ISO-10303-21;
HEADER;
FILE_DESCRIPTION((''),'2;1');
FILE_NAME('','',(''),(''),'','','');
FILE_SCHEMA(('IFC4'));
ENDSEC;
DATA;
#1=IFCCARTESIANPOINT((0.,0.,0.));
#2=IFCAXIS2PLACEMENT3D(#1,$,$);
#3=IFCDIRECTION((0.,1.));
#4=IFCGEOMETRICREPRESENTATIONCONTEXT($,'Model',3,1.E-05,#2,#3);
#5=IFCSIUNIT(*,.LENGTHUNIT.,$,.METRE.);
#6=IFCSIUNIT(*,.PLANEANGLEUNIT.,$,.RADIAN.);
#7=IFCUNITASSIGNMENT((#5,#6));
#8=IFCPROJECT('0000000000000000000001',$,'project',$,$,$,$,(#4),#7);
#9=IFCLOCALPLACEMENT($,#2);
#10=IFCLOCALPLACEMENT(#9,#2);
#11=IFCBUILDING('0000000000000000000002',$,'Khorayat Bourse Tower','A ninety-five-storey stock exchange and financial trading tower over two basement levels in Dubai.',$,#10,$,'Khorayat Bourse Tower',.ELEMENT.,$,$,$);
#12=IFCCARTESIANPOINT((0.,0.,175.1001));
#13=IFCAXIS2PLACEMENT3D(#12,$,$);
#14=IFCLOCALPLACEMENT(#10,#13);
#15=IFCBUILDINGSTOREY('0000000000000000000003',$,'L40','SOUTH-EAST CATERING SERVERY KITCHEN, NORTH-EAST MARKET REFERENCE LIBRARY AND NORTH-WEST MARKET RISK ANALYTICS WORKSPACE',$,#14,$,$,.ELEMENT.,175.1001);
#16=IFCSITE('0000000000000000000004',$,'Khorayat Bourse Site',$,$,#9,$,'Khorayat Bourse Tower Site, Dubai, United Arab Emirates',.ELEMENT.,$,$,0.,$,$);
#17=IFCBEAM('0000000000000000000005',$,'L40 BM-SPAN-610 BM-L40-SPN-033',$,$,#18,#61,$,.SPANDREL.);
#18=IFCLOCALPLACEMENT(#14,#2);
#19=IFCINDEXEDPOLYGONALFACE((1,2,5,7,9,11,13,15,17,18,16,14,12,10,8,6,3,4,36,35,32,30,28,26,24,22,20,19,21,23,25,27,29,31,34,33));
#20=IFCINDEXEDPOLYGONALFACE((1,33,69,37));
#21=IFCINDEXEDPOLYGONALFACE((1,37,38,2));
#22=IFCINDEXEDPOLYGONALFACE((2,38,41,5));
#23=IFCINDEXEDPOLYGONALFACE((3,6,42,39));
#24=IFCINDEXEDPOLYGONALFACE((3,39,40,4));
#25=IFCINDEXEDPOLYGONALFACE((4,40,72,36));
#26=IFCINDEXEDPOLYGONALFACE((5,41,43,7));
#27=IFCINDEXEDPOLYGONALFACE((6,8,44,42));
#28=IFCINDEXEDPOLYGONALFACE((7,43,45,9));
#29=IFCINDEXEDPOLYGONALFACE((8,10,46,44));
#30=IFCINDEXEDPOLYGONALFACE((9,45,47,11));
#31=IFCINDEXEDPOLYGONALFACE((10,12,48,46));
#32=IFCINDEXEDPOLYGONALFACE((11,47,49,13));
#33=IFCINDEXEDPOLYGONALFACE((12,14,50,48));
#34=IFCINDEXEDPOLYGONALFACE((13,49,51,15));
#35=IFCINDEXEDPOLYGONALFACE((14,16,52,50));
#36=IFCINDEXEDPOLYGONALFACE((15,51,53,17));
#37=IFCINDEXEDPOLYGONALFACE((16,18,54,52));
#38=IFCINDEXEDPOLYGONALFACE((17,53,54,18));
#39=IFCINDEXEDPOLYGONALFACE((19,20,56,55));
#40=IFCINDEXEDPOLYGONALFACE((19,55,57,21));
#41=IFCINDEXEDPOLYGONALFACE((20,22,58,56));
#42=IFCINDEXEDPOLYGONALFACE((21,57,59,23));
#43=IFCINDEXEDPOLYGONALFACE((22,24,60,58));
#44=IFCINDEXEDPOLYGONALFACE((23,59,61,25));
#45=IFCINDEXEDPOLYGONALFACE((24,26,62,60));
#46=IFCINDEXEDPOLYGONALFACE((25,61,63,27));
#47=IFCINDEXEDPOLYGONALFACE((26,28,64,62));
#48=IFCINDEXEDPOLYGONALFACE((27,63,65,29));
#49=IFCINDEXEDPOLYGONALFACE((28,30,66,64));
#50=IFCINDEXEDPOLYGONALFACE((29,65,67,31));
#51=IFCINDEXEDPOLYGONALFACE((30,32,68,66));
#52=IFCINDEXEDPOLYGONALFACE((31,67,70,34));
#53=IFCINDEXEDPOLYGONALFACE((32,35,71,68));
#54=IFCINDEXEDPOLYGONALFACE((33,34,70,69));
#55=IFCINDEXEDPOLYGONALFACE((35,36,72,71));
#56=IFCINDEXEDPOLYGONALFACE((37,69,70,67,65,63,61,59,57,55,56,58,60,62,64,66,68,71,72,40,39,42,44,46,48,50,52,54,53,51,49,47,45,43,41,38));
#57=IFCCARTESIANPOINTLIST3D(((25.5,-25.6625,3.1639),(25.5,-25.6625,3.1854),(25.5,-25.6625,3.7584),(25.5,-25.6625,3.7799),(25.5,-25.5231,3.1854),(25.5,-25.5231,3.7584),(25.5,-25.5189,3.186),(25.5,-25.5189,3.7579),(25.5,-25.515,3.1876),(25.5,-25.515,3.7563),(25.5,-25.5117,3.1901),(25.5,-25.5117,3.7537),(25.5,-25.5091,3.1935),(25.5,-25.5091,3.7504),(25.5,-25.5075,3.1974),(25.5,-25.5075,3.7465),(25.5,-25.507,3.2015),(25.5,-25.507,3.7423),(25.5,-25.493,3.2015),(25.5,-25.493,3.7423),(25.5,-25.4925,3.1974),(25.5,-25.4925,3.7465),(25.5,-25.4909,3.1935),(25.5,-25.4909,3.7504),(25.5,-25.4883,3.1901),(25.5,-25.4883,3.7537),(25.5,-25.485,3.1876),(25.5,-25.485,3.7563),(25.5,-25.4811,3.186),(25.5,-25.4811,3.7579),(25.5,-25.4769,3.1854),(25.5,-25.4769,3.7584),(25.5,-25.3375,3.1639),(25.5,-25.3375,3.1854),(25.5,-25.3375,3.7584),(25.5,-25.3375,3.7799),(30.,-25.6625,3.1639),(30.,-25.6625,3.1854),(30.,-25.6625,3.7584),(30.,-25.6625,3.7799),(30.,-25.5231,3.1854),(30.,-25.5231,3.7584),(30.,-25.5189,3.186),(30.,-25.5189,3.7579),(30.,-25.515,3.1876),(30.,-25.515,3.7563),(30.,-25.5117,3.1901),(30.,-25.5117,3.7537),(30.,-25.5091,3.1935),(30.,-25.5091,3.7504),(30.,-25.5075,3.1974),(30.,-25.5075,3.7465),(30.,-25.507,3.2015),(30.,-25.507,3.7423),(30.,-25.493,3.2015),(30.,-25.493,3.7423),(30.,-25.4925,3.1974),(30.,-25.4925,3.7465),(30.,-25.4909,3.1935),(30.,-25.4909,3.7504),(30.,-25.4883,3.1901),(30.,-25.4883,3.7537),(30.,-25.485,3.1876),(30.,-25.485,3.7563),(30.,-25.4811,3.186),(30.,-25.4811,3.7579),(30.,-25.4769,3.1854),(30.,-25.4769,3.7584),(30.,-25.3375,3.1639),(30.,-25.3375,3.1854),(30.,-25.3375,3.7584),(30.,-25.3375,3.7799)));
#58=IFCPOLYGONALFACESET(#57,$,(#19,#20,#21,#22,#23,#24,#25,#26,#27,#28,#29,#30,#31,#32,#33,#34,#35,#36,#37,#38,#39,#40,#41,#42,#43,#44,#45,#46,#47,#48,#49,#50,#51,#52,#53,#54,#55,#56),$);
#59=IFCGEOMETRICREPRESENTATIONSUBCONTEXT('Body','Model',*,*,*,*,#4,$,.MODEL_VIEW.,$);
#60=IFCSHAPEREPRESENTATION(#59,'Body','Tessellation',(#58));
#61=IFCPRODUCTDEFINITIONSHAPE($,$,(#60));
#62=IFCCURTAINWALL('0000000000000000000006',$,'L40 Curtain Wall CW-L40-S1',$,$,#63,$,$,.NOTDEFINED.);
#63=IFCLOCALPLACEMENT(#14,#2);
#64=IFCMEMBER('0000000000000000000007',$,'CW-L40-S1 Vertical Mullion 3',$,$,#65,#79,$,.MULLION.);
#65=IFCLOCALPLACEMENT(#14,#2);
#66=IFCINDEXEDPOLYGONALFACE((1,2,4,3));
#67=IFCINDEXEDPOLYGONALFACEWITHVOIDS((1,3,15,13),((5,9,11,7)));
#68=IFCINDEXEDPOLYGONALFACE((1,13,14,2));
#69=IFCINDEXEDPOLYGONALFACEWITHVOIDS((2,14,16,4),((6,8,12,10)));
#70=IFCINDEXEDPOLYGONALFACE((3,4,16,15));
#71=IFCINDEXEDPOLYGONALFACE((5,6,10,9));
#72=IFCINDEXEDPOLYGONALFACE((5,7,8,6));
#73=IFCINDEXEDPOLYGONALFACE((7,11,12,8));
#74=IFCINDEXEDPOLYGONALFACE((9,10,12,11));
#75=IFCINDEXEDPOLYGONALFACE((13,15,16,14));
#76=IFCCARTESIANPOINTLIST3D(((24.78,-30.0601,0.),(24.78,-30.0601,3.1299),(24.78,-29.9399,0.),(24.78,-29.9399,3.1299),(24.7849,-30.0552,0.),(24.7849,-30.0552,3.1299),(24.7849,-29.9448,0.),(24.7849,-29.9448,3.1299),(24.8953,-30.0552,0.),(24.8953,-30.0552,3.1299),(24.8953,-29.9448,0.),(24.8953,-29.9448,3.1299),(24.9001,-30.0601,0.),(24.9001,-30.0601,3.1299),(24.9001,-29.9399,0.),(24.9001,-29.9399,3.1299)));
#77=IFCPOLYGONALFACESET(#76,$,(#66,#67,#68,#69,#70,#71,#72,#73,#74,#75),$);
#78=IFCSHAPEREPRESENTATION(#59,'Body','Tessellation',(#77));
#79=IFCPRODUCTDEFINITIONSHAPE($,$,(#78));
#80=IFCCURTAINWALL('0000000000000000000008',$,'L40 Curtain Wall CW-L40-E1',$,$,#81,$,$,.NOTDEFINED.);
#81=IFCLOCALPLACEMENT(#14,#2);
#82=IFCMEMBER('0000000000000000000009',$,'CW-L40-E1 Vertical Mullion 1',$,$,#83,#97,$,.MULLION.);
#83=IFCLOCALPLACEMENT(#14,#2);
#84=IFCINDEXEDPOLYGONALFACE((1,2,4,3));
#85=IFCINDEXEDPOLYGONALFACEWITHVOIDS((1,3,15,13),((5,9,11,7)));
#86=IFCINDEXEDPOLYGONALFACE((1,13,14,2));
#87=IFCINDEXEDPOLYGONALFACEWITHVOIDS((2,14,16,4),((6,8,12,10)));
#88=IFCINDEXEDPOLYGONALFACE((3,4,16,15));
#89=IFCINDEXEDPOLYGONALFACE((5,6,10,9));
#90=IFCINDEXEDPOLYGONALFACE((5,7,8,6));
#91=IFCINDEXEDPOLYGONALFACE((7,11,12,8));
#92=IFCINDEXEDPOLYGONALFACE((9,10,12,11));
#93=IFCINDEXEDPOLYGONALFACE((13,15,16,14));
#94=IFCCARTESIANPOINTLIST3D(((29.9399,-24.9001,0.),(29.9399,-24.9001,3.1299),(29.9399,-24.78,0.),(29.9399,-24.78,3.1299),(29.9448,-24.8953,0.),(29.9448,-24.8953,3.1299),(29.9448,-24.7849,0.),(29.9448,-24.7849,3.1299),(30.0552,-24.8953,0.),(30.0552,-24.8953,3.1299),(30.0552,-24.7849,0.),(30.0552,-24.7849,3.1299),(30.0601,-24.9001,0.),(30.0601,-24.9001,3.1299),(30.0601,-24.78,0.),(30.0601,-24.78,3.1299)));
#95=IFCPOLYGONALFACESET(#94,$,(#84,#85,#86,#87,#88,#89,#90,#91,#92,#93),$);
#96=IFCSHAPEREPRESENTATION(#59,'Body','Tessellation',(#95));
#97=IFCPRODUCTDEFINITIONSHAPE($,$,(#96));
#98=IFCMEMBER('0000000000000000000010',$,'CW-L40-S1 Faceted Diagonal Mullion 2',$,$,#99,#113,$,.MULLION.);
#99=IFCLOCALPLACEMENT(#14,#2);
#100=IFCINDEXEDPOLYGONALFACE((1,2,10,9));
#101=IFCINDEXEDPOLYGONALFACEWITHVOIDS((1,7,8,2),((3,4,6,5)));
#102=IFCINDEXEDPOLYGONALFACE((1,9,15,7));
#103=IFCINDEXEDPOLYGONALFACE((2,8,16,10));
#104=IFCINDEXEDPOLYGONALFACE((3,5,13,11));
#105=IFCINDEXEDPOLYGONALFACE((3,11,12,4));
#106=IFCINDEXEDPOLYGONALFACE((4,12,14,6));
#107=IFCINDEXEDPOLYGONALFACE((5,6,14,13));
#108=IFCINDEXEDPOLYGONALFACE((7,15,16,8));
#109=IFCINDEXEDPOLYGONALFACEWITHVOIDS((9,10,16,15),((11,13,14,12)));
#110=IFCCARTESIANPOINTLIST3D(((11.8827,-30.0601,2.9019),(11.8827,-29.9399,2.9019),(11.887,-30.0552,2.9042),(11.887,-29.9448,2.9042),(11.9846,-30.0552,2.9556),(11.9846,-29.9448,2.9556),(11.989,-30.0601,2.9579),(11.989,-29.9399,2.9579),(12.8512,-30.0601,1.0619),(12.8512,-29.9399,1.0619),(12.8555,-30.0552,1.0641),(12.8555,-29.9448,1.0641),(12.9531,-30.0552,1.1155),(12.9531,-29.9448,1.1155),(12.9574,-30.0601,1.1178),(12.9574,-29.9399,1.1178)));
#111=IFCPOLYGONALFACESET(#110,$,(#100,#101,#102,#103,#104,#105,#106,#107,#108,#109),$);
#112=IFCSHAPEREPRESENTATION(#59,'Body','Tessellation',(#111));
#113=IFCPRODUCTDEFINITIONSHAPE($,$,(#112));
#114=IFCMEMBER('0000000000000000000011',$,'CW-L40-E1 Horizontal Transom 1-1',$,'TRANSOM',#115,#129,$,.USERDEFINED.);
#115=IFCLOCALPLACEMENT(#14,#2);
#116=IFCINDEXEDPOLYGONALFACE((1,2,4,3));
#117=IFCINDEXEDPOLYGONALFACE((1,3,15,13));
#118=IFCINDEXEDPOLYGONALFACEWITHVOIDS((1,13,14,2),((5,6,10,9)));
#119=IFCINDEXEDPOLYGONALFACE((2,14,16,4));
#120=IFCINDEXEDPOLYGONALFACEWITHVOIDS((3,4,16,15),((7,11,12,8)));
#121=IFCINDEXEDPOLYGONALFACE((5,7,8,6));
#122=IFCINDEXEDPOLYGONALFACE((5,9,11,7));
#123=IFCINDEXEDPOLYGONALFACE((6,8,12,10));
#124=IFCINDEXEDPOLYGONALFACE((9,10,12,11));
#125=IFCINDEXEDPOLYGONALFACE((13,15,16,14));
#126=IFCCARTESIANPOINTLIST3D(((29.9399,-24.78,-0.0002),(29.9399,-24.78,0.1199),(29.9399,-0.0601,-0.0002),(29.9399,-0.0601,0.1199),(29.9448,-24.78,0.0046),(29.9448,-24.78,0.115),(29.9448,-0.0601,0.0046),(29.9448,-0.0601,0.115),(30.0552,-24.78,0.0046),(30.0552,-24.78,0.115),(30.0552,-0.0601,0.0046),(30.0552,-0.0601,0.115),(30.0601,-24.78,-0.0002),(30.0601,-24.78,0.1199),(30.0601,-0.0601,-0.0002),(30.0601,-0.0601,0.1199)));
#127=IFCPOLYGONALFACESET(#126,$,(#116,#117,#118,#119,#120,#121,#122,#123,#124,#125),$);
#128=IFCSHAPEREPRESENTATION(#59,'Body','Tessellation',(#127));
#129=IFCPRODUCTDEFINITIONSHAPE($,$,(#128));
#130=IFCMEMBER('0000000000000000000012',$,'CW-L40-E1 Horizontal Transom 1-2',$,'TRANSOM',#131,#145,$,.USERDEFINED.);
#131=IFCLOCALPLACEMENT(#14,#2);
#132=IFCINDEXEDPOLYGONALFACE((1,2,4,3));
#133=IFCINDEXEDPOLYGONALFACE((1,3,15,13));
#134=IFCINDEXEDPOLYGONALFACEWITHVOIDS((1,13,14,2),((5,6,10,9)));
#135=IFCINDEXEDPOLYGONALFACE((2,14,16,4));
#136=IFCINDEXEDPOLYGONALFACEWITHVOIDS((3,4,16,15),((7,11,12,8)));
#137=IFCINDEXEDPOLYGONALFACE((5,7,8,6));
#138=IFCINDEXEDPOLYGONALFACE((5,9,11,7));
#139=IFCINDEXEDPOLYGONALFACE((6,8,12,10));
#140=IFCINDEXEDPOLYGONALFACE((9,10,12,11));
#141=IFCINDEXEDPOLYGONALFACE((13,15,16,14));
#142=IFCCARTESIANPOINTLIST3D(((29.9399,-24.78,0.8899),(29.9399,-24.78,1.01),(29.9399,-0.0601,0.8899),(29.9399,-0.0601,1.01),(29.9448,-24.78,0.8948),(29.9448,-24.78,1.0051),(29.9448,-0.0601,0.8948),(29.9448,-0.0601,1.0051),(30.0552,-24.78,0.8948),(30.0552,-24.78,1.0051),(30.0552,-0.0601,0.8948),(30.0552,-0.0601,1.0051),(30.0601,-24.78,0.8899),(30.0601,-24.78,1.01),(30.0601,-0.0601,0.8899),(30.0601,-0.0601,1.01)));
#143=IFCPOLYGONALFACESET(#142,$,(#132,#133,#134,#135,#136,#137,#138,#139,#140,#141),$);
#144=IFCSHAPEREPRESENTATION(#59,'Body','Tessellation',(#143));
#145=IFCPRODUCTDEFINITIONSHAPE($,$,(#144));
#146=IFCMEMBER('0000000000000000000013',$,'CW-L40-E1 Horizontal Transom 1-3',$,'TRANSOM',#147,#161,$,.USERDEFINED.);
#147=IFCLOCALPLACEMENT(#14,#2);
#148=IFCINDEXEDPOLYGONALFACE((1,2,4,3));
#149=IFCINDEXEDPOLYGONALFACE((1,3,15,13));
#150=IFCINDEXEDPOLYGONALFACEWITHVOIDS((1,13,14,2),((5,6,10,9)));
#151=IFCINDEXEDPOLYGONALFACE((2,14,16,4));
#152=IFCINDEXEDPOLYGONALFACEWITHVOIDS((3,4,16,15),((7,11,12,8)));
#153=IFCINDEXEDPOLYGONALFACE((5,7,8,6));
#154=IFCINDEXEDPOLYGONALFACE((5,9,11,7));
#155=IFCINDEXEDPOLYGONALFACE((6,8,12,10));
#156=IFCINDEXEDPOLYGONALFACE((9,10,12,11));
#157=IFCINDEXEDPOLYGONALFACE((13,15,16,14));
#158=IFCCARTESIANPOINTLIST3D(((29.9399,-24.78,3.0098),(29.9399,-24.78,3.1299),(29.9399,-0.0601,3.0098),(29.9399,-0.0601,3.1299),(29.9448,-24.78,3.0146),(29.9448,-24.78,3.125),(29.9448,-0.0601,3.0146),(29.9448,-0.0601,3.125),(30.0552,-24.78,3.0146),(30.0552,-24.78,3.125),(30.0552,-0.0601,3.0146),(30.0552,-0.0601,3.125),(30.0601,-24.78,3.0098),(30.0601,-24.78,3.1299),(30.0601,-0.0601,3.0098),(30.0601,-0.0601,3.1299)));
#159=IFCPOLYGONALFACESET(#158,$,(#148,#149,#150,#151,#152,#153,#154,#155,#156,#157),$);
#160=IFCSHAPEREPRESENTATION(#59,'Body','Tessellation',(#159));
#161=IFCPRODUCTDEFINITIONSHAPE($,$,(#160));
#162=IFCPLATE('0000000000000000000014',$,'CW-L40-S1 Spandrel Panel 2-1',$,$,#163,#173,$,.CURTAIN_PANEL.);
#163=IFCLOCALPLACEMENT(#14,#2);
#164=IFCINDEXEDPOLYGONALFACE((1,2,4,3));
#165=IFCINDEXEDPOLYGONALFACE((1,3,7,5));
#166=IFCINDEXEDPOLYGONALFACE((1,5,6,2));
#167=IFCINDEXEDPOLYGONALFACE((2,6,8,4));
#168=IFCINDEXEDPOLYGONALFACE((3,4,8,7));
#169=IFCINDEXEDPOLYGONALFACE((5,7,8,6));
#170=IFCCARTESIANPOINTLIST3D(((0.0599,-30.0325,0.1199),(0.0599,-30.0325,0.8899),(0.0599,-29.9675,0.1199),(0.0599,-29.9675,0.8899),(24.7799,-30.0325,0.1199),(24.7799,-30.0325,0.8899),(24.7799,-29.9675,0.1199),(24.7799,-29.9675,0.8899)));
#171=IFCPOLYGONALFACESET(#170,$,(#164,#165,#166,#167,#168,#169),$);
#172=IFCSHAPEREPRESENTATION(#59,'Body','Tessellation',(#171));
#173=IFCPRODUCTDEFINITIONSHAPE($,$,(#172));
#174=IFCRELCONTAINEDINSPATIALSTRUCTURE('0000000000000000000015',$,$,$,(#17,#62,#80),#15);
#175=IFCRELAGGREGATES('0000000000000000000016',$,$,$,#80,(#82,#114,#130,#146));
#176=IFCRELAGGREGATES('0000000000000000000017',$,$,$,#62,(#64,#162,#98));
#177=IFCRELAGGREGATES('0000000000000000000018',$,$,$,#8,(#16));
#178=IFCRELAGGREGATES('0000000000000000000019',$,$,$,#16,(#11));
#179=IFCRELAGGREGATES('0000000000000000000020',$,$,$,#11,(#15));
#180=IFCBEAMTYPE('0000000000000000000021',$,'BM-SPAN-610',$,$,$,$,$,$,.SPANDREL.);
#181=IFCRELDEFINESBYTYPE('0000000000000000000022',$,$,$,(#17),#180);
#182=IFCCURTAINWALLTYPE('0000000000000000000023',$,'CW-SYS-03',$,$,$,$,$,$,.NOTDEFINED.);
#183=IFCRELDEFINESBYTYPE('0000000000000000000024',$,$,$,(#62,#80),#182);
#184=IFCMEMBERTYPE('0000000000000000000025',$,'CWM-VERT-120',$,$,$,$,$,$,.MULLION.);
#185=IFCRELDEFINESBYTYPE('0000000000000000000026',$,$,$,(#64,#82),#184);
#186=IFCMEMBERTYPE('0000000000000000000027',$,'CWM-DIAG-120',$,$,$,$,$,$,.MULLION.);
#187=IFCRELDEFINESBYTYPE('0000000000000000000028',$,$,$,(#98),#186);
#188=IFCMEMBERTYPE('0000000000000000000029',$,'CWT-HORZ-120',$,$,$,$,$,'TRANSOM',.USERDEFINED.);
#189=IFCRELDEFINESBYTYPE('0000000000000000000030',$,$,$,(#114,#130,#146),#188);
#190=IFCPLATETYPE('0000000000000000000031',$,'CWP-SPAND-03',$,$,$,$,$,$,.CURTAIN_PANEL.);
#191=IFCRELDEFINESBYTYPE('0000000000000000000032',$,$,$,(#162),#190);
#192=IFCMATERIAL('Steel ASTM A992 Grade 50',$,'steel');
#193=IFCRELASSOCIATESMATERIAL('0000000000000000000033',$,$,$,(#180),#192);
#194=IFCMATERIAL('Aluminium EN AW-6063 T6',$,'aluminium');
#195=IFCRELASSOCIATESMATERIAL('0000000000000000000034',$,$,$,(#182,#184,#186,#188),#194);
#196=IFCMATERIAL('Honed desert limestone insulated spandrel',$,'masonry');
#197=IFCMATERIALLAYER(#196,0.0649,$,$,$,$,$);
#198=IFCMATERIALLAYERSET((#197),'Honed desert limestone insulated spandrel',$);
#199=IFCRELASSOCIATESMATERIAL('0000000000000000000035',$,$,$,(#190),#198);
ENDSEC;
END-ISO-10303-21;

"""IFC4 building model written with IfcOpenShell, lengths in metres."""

from ifc_helpers import new_model, si_unit, direction, frame, origin, origin_2d, place, context, subcontext, project, spatial, rectangle, hollow_rectangle, i_section, extrude, source, transform, mapped, material, layer, layer_set, material_profile, profile_set, type_object, element, aggregate, save


model = new_model("IFC4")

# Units and contexts
model_context = context("Model", 3, precision=1e-05, world=origin(), true_north=direction((0.0, 1.0)))
body_context = subcontext(model_context, "Body", "Model", "MODEL_VIEW")
ifc_project = project(units=[si_unit("LENGTHUNIT", "METRE"), si_unit("PLANEANGLEUNIT", "RADIAN")], contexts=[model_context])

# Site, building, storey
site_placement = place(None, origin())
site = spatial("IfcSite", under=ifc_project, at=site_placement, Name="Khorayat Bourse Site", LongName="Khorayat Bourse Tower Site, Dubai, United Arab Emirates", CompositionType="ELEMENT", RefElevation=0.0)
building_placement = place(site_placement, origin())
building = spatial("IfcBuilding", under=site, at=building_placement, Name="Khorayat Bourse Tower", Description="A ninety-five-storey stock exchange and financial trading tower over two basement levels in Dubai.", LongName="Khorayat Bourse Tower", CompositionType="ELEMENT")
storey_placement = place(building_placement, frame((0.0, 0.0, 175.1001)))
storey = spatial("IfcBuildingStorey", under=building, at=storey_placement, Name="L40", Description="SOUTH-EAST CATERING SERVERY KITCHEN, NORTH-EAST MARKET REFERENCE LIBRARY AND NORTH-WEST MARKET RISK ANALYTICS WORKSPACE", CompositionType="ELEMENT", Elevation=175.1001)

# Beam
ifc_material_1 = material(Name="Steel ASTM A992 Grade 50", Category="steel")
ifc_material_profile_1 = material_profile(ifc_material_1, i_section(OverallWidth=0.325, OverallDepth=0.616, WebThickness=0.0139, FlangeThickness=0.0215, FilletRadius=0.0161, at=origin_2d()), Name="W610X174")
ifc_profile_set_1 = profile_set([ifc_material_profile_1], Name="Steel ASTM A992 Grade 50")
beam_type_1 = type_object("IfcBeamType", Name="BM-SPAN-610", PredefinedType="SPANDREL", material=ifc_profile_set_1)
shared_shape_1 = source(origin(), body_context, "Body", "SweptSolid", [
    extrude(i_section(OverallWidth=0.325, OverallDepth=0.616, WebThickness=0.0139, FlangeThickness=0.0215, FilletRadius=0.0161, at=origin_2d()), origin(), (0.0, 0.0, 1.0), 4.5),
])
for number, where, z_axis, x_axis, name in (
    (1, (25.5, -25.5, 3.4719), (1.0, 0.0, 0.0), (0.0, 1.0, 0.0), "L40 BM-SPAN-610 BM-L40-SPN-033"),
):
    element("IfcBeam", number, at=place(storey_placement, frame(where, z_axis=z_axis, x_axis=x_axis)), inside=storey, type_object=beam_type_1, Name=name, PredefinedType="SPANDREL", context=body_context, shape_type="MappedRepresentation", body=[
        mapped(shared_shape_1, transform((0.0, 0.0, 0.0), scale=1.0)),
    ])

# Curtain walls, members
ifc_material_2 = material(Name="Aluminium EN AW-6063 T6", Category="aluminium")
curtain_wall_type = type_object("IfcCurtainWallType", Name="CW-SYS-03", PredefinedType="NOTDEFINED", material=ifc_material_2)
curtain_wall_1_placement = place(storey_placement, origin())
curtain_wall_1 = element("IfcCurtainWall", 2, at=curtain_wall_1_placement, inside=storey, type_object=curtain_wall_type, Name="L40 Curtain Wall CW-L40-S1", PredefinedType="NOTDEFINED")
ifc_material_profile_2 = material_profile(ifc_material_2, hollow_rectangle(XDim=0.1201, YDim=0.1201, WallThickness=0.0049, at=origin_2d()), Name="ALU 120x120x5")
ifc_profile_set_2 = profile_set([ifc_material_profile_2], Name="Aluminium EN AW-6063 T6")
member_type_1 = type_object("IfcMemberType", Name="CWM-VERT-120", PredefinedType="MULLION", material=ifc_profile_set_2)
shared_shape_2 = source(origin(), body_context, "Body", "SweptSolid", [
    extrude(hollow_rectangle(XDim=0.1201, YDim=0.1201, WallThickness=0.0049, at=origin_2d()), origin(), (0.0, 0.0, 1.0), 3.1299),
])
member_1_placement = place(storey_placement, frame((24.8401, -30.0, 0.0), z_axis=(0.0, 0.0, 1.0), x_axis=(0.0, 1.0, 0.0)))
member_1 = element("IfcMember", 3, at=member_1_placement, type_object=member_type_1, Name="CW-L40-S1 Vertical Mullion 3", PredefinedType="MULLION", context=body_context, shape_type="MappedRepresentation", body=[
    mapped(shared_shape_2, transform((0.0, 0.0, 0.0), scale=1.0)),
])
curtain_wall_2_placement = place(storey_placement, origin())
curtain_wall_2 = element("IfcCurtainWall", 4, at=curtain_wall_2_placement, inside=storey, type_object=curtain_wall_type, Name="L40 Curtain Wall CW-L40-E1", PredefinedType="NOTDEFINED")
member_2_placement = place(storey_placement, frame((30.0, -24.8401, 0.0), z_axis=(0.0, 0.0, 1.0), x_axis=(-1.0, 0.0, 0.0)))
member_2 = element("IfcMember", 5, at=member_2_placement, type_object=member_type_1, Name="CW-L40-E1 Vertical Mullion 1", PredefinedType="MULLION", context=body_context, shape_type="MappedRepresentation", body=[
    mapped(shared_shape_2, transform((0.0, 0.0, 0.0), scale=1.0)),
])

# Members
ifc_material_profile_3 = material_profile(ifc_material_2, hollow_rectangle(XDim=0.1201, YDim=0.1201, WallThickness=0.0049, at=origin_2d()), Name="ALU 120x120x5")
ifc_profile_set_3 = profile_set([ifc_material_profile_3], Name="Aluminium EN AW-6063 T6")
member_type_2 = type_object("IfcMemberType", Name="CWM-DIAG-120", PredefinedType="MULLION", material=ifc_profile_set_3)
shared_shape_3 = source(origin(), body_context, "Body", "SweptSolid", [
    extrude(hollow_rectangle(XDim=0.1201, YDim=0.1201, WallThickness=0.0049, at=origin_2d()), origin(), (0.0, 0.0, 1.0), 2.0793),
])
member_3_placement = place(storey_placement, frame((12.9043, -30.0, 1.0898), z_axis=(-0.465761, 0.0, 0.884911), x_axis=(0.0, -1.0, 0.0)))
member_3 = element("IfcMember", 6, at=member_3_placement, type_object=member_type_2, Name="CW-L40-S1 Faceted Diagonal Mullion 2", PredefinedType="MULLION", context=body_context, shape_type="MappedRepresentation", body=[
    mapped(shared_shape_3, transform((0.0, 0.0, 0.0), scale=1.0)),
])
ifc_material_profile_4 = material_profile(ifc_material_2, hollow_rectangle(XDim=0.1201, YDim=0.1201, WallThickness=0.0049, at=origin_2d()), Name="ALU 120x120x5")
ifc_profile_set_4 = profile_set([ifc_material_profile_4], Name="Aluminium EN AW-6063 T6")
member_type_3 = type_object("IfcMemberType", Name="CWT-HORZ-120", ElementType="TRANSOM", PredefinedType="USERDEFINED", material=ifc_profile_set_4)
shared_shape_4 = source(origin(), body_context, "Body", "SweptSolid", [
    extrude(hollow_rectangle(XDim=0.1201, YDim=0.1201, WallThickness=0.0049, at=origin_2d()), origin(), (0.0, 0.0, 1.0), 24.72),
])
member_4_placement = place(storey_placement, frame((30.0, -24.78, 0.0598), z_axis=(0.0, 1.0, 0.0), x_axis=(-1.0, 0.0, 0.0)))
member_4 = element("IfcMember", 7, at=member_4_placement, type_object=member_type_3, Name="CW-L40-E1 Horizontal Transom 1-1", ObjectType="TRANSOM", PredefinedType="USERDEFINED", context=body_context, shape_type="MappedRepresentation", body=[
    mapped(shared_shape_4, transform((0.0, 0.0, 0.0), scale=1.0)),
])
member_5_placement = place(storey_placement, frame((30.0, -24.78, 0.95), z_axis=(0.0, 1.0, 0.0), x_axis=(-1.0, 0.0, 0.0)))
member_5 = element("IfcMember", 8, at=member_5_placement, type_object=member_type_3, Name="CW-L40-E1 Horizontal Transom 1-2", ObjectType="TRANSOM", PredefinedType="USERDEFINED", context=body_context, shape_type="MappedRepresentation", body=[
    mapped(shared_shape_4, transform((0.0, 0.0, 0.0), scale=1.0)),
])
member_6_placement = place(storey_placement, frame((30.0, -24.78, 3.0698), z_axis=(0.0, 1.0, 0.0), x_axis=(-1.0, 0.0, 0.0)))
member_6 = element("IfcMember", 9, at=member_6_placement, type_object=member_type_3, Name="CW-L40-E1 Horizontal Transom 1-3", ObjectType="TRANSOM", PredefinedType="USERDEFINED", context=body_context, shape_type="MappedRepresentation", body=[
    mapped(shared_shape_4, transform((0.0, 0.0, 0.0), scale=1.0)),
])
aggregate(curtain_wall_2, [member_2, member_4, member_5, member_6])

# Plate
ifc_material_3 = material(Name="Honed desert limestone insulated spandrel", Category="masonry")
ifc_layer_1 = layer(ifc_material_3, 0.0649)
ifc_layer_set_1 = layer_set([ifc_layer_1], Name="Honed desert limestone insulated spandrel")
plate_type_1 = type_object("IfcPlateType", Name="CWP-SPAND-03", PredefinedType="CURTAIN_PANEL", material=ifc_layer_set_1)
shared_shape_5 = source(origin(), body_context, "Body", "SweptSolid", [
    extrude(rectangle(XDim=24.72, YDim=0.0649, at=origin_2d()), origin(), (0.0, 0.0, 1.0), 0.77),
])
plate_1_placement = place(storey_placement, frame((12.4199, -30.0, 0.1199), z_axis=(0.0, 0.0, 1.0), x_axis=(1.0, 0.0, 0.0)))
plate_1 = element("IfcPlate", 10, at=plate_1_placement, type_object=plate_type_1, Name="CW-L40-S1 Spandrel Panel 2-1", PredefinedType="CURTAIN_PANEL", context=body_context, shape_type="MappedRepresentation", body=[
    mapped(shared_shape_5, transform((0.0, 0.0, 0.0), scale=1.0)),
])
aggregate(curtain_wall_1, [member_1, plate_1, member_3])

save(model, "model.ifc")
